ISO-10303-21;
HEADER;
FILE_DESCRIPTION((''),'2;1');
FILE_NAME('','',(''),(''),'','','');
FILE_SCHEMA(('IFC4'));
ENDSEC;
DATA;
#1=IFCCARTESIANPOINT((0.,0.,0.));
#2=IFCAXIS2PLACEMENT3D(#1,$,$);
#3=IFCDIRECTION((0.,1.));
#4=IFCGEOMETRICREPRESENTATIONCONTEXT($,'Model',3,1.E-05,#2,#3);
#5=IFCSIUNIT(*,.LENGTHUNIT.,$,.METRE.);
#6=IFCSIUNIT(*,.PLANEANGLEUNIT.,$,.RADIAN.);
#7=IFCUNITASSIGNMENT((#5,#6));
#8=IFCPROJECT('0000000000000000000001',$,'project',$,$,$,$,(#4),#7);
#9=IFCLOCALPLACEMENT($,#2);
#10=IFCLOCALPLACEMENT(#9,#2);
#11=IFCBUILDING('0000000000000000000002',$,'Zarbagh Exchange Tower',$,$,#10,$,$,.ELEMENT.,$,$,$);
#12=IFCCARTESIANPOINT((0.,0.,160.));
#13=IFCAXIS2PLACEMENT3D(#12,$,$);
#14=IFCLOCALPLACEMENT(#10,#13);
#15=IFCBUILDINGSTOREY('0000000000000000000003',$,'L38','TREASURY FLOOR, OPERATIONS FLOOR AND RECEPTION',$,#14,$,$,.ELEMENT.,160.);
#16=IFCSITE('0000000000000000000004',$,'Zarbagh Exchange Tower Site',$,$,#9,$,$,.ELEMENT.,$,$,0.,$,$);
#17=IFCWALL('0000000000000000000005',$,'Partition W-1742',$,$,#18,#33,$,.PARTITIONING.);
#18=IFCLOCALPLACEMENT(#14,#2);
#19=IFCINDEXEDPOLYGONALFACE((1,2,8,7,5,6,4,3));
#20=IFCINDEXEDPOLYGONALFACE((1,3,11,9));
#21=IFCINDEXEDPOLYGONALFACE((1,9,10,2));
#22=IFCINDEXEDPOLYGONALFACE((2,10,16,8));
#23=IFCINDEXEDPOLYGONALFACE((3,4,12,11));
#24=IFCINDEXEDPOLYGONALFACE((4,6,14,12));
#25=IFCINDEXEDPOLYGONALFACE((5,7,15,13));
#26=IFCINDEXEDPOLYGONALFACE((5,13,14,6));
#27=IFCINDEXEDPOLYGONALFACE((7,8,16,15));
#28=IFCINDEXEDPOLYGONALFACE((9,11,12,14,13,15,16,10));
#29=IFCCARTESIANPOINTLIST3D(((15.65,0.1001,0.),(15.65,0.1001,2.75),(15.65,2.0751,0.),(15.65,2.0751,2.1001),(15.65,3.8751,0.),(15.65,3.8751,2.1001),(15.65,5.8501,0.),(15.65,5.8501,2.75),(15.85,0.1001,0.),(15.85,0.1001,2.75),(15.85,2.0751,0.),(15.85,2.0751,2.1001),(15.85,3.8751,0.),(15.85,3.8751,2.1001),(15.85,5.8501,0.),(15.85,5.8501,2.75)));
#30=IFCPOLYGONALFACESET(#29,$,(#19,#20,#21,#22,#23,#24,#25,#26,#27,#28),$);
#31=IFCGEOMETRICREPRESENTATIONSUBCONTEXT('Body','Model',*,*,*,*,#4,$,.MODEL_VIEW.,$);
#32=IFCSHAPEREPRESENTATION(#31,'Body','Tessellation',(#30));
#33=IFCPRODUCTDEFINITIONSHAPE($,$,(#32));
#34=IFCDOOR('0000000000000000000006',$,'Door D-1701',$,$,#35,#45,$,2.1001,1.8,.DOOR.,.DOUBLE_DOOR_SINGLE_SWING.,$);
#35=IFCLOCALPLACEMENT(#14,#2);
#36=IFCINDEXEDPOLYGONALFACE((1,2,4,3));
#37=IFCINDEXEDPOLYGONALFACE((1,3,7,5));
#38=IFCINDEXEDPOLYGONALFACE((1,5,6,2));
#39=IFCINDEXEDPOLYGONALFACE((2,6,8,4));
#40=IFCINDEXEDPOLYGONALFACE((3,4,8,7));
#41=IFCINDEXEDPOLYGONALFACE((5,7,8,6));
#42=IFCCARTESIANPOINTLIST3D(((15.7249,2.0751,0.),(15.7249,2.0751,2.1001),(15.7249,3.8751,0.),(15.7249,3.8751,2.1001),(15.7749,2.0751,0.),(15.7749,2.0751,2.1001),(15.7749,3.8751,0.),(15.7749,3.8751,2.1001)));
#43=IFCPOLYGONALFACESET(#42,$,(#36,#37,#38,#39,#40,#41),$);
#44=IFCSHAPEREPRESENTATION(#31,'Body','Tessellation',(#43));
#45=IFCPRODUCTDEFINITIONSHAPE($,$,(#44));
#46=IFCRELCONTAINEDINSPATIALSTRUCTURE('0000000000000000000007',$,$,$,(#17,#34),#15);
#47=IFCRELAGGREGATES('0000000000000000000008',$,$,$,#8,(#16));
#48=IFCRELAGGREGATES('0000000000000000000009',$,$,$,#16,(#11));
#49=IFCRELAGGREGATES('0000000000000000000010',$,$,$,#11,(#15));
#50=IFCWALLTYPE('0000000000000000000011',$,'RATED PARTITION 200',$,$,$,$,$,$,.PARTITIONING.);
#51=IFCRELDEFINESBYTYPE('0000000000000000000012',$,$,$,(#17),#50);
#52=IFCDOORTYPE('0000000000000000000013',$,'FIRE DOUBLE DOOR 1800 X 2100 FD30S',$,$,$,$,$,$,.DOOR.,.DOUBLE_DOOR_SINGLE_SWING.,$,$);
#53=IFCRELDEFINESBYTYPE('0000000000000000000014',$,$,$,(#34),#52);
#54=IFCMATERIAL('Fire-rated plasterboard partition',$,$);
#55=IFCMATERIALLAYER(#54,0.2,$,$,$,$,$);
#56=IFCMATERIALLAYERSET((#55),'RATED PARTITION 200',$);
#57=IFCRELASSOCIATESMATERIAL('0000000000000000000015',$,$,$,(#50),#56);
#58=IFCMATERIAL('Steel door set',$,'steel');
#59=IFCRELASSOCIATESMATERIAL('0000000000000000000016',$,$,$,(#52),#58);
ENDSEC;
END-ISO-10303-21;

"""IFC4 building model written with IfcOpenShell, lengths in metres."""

from ifc_helpers import new_model, si_unit, direction, frame, frame_2d, origin, place, context, subcontext, project, spatial, rectangle, extrude, material, layer, layer_set, type_object, element, fill, save


model = new_model("IFC4")

# Units and contexts
model_context = context("Model", 3, precision=1e-05, world=origin(), true_north=direction((0.0, 1.0)))
body_context = subcontext(model_context, "Body", "Model", "MODEL_VIEW")
ifc_project = project(units=[si_unit("LENGTHUNIT", "METRE"), si_unit("PLANEANGLEUNIT", "RADIAN")], contexts=[model_context])

# Site, building, storey
site_placement = place(None, origin())
site = spatial("IfcSite", under=ifc_project, at=site_placement, Name="Zarbagh Exchange Tower Site", CompositionType="ELEMENT", RefElevation=0.0)
building_placement = place(site_placement, origin())
building = spatial("IfcBuilding", under=site, at=building_placement, Name="Zarbagh Exchange Tower", CompositionType="ELEMENT")
storey_placement = place(building_placement, frame((0.0, 0.0, 160.0)))
storey = spatial("IfcBuildingStorey", under=building, at=storey_placement, Name="L38", Description="TREASURY FLOOR, OPERATIONS FLOOR AND RECEPTION", CompositionType="ELEMENT", Elevation=160.0)

# Shared definitions
ifc_material_1 = material(Name="Fire-rated plasterboard partition")
ifc_layer = layer(ifc_material_1, 0.2)
ifc_layer_set = layer_set([ifc_layer], Name="RATED PARTITION 200")
wall_type = type_object("IfcWallType", Name="RATED PARTITION 200", PredefinedType="PARTITIONING", material=ifc_layer_set)
ifc_material_2 = material(Name="Steel door set", Category="steel")

# Wall, opening, door
wall_1_placement = place(storey_placement, frame((15.75, 5.8501, 0.0), z_axis=(0.0, 0.0, 1.0), x_axis=(0.0, -1.0, 0.0)))
wall_1 = element("IfcWall", 1, at=wall_1_placement, inside=storey, type_object=wall_type, Name="Partition W-1742", PredefinedType="PARTITIONING", context=body_context, shape_type="SweptSolid", body=[
    extrude(rectangle(XDim=5.75, YDim=0.2, at=frame_2d((2.875, 0.0))), origin(), (0.0, 0.0, 1.0), 2.75),
])
opening_1_placement = place(wall_1_placement, frame((1.9751, 0.0, 0.0)))
opening_1 = element("IfcOpeningElement", 2, at=opening_1_placement, cuts=wall_1, PredefinedType="OPENING", context=body_context, shape_type="SweptSolid", body=[
    extrude(rectangle(XDim=1.8, YDim=2.1001, at=frame_2d((0.8999, 1.05))), frame((0.0, 0.1099, 0.0), z_axis=(0.0, -1.0, 0.0), x_axis=(1.0, 0.0, 0.0)), (0.0, 0.0, 1.0), 0.22),
])
door_type_1 = type_object("IfcDoorType", Name="FIRE DOUBLE DOOR 1800 X 2100 FD30S", OperationType="DOUBLE_DOOR_SINGLE_SWING", PredefinedType="DOOR", material=ifc_material_2)
door_1_placement = place(opening_1_placement, origin())
door_1 = element("IfcDoor", 3, at=door_1_placement, inside=storey, type_object=door_type_1, Name="Door D-1701", OperationType="DOUBLE_DOOR_SINGLE_SWING", OverallHeight=2.1001, OverallWidth=1.8, PredefinedType="DOOR", context=body_context, shape_type="SweptSolid", body=[
    extrude(rectangle(XDim=1.8, YDim=2.1001, at=frame_2d((0.8999, 1.05))), frame((0.0, 0.0249, 0.0), z_axis=(0.0, -1.0, 0.0), x_axis=(1.0, 0.0, 0.0)), (0.0, 0.0, 1.0), 0.05),
])
fill(opening_1, door_1)

save(model, "model.ifc")
